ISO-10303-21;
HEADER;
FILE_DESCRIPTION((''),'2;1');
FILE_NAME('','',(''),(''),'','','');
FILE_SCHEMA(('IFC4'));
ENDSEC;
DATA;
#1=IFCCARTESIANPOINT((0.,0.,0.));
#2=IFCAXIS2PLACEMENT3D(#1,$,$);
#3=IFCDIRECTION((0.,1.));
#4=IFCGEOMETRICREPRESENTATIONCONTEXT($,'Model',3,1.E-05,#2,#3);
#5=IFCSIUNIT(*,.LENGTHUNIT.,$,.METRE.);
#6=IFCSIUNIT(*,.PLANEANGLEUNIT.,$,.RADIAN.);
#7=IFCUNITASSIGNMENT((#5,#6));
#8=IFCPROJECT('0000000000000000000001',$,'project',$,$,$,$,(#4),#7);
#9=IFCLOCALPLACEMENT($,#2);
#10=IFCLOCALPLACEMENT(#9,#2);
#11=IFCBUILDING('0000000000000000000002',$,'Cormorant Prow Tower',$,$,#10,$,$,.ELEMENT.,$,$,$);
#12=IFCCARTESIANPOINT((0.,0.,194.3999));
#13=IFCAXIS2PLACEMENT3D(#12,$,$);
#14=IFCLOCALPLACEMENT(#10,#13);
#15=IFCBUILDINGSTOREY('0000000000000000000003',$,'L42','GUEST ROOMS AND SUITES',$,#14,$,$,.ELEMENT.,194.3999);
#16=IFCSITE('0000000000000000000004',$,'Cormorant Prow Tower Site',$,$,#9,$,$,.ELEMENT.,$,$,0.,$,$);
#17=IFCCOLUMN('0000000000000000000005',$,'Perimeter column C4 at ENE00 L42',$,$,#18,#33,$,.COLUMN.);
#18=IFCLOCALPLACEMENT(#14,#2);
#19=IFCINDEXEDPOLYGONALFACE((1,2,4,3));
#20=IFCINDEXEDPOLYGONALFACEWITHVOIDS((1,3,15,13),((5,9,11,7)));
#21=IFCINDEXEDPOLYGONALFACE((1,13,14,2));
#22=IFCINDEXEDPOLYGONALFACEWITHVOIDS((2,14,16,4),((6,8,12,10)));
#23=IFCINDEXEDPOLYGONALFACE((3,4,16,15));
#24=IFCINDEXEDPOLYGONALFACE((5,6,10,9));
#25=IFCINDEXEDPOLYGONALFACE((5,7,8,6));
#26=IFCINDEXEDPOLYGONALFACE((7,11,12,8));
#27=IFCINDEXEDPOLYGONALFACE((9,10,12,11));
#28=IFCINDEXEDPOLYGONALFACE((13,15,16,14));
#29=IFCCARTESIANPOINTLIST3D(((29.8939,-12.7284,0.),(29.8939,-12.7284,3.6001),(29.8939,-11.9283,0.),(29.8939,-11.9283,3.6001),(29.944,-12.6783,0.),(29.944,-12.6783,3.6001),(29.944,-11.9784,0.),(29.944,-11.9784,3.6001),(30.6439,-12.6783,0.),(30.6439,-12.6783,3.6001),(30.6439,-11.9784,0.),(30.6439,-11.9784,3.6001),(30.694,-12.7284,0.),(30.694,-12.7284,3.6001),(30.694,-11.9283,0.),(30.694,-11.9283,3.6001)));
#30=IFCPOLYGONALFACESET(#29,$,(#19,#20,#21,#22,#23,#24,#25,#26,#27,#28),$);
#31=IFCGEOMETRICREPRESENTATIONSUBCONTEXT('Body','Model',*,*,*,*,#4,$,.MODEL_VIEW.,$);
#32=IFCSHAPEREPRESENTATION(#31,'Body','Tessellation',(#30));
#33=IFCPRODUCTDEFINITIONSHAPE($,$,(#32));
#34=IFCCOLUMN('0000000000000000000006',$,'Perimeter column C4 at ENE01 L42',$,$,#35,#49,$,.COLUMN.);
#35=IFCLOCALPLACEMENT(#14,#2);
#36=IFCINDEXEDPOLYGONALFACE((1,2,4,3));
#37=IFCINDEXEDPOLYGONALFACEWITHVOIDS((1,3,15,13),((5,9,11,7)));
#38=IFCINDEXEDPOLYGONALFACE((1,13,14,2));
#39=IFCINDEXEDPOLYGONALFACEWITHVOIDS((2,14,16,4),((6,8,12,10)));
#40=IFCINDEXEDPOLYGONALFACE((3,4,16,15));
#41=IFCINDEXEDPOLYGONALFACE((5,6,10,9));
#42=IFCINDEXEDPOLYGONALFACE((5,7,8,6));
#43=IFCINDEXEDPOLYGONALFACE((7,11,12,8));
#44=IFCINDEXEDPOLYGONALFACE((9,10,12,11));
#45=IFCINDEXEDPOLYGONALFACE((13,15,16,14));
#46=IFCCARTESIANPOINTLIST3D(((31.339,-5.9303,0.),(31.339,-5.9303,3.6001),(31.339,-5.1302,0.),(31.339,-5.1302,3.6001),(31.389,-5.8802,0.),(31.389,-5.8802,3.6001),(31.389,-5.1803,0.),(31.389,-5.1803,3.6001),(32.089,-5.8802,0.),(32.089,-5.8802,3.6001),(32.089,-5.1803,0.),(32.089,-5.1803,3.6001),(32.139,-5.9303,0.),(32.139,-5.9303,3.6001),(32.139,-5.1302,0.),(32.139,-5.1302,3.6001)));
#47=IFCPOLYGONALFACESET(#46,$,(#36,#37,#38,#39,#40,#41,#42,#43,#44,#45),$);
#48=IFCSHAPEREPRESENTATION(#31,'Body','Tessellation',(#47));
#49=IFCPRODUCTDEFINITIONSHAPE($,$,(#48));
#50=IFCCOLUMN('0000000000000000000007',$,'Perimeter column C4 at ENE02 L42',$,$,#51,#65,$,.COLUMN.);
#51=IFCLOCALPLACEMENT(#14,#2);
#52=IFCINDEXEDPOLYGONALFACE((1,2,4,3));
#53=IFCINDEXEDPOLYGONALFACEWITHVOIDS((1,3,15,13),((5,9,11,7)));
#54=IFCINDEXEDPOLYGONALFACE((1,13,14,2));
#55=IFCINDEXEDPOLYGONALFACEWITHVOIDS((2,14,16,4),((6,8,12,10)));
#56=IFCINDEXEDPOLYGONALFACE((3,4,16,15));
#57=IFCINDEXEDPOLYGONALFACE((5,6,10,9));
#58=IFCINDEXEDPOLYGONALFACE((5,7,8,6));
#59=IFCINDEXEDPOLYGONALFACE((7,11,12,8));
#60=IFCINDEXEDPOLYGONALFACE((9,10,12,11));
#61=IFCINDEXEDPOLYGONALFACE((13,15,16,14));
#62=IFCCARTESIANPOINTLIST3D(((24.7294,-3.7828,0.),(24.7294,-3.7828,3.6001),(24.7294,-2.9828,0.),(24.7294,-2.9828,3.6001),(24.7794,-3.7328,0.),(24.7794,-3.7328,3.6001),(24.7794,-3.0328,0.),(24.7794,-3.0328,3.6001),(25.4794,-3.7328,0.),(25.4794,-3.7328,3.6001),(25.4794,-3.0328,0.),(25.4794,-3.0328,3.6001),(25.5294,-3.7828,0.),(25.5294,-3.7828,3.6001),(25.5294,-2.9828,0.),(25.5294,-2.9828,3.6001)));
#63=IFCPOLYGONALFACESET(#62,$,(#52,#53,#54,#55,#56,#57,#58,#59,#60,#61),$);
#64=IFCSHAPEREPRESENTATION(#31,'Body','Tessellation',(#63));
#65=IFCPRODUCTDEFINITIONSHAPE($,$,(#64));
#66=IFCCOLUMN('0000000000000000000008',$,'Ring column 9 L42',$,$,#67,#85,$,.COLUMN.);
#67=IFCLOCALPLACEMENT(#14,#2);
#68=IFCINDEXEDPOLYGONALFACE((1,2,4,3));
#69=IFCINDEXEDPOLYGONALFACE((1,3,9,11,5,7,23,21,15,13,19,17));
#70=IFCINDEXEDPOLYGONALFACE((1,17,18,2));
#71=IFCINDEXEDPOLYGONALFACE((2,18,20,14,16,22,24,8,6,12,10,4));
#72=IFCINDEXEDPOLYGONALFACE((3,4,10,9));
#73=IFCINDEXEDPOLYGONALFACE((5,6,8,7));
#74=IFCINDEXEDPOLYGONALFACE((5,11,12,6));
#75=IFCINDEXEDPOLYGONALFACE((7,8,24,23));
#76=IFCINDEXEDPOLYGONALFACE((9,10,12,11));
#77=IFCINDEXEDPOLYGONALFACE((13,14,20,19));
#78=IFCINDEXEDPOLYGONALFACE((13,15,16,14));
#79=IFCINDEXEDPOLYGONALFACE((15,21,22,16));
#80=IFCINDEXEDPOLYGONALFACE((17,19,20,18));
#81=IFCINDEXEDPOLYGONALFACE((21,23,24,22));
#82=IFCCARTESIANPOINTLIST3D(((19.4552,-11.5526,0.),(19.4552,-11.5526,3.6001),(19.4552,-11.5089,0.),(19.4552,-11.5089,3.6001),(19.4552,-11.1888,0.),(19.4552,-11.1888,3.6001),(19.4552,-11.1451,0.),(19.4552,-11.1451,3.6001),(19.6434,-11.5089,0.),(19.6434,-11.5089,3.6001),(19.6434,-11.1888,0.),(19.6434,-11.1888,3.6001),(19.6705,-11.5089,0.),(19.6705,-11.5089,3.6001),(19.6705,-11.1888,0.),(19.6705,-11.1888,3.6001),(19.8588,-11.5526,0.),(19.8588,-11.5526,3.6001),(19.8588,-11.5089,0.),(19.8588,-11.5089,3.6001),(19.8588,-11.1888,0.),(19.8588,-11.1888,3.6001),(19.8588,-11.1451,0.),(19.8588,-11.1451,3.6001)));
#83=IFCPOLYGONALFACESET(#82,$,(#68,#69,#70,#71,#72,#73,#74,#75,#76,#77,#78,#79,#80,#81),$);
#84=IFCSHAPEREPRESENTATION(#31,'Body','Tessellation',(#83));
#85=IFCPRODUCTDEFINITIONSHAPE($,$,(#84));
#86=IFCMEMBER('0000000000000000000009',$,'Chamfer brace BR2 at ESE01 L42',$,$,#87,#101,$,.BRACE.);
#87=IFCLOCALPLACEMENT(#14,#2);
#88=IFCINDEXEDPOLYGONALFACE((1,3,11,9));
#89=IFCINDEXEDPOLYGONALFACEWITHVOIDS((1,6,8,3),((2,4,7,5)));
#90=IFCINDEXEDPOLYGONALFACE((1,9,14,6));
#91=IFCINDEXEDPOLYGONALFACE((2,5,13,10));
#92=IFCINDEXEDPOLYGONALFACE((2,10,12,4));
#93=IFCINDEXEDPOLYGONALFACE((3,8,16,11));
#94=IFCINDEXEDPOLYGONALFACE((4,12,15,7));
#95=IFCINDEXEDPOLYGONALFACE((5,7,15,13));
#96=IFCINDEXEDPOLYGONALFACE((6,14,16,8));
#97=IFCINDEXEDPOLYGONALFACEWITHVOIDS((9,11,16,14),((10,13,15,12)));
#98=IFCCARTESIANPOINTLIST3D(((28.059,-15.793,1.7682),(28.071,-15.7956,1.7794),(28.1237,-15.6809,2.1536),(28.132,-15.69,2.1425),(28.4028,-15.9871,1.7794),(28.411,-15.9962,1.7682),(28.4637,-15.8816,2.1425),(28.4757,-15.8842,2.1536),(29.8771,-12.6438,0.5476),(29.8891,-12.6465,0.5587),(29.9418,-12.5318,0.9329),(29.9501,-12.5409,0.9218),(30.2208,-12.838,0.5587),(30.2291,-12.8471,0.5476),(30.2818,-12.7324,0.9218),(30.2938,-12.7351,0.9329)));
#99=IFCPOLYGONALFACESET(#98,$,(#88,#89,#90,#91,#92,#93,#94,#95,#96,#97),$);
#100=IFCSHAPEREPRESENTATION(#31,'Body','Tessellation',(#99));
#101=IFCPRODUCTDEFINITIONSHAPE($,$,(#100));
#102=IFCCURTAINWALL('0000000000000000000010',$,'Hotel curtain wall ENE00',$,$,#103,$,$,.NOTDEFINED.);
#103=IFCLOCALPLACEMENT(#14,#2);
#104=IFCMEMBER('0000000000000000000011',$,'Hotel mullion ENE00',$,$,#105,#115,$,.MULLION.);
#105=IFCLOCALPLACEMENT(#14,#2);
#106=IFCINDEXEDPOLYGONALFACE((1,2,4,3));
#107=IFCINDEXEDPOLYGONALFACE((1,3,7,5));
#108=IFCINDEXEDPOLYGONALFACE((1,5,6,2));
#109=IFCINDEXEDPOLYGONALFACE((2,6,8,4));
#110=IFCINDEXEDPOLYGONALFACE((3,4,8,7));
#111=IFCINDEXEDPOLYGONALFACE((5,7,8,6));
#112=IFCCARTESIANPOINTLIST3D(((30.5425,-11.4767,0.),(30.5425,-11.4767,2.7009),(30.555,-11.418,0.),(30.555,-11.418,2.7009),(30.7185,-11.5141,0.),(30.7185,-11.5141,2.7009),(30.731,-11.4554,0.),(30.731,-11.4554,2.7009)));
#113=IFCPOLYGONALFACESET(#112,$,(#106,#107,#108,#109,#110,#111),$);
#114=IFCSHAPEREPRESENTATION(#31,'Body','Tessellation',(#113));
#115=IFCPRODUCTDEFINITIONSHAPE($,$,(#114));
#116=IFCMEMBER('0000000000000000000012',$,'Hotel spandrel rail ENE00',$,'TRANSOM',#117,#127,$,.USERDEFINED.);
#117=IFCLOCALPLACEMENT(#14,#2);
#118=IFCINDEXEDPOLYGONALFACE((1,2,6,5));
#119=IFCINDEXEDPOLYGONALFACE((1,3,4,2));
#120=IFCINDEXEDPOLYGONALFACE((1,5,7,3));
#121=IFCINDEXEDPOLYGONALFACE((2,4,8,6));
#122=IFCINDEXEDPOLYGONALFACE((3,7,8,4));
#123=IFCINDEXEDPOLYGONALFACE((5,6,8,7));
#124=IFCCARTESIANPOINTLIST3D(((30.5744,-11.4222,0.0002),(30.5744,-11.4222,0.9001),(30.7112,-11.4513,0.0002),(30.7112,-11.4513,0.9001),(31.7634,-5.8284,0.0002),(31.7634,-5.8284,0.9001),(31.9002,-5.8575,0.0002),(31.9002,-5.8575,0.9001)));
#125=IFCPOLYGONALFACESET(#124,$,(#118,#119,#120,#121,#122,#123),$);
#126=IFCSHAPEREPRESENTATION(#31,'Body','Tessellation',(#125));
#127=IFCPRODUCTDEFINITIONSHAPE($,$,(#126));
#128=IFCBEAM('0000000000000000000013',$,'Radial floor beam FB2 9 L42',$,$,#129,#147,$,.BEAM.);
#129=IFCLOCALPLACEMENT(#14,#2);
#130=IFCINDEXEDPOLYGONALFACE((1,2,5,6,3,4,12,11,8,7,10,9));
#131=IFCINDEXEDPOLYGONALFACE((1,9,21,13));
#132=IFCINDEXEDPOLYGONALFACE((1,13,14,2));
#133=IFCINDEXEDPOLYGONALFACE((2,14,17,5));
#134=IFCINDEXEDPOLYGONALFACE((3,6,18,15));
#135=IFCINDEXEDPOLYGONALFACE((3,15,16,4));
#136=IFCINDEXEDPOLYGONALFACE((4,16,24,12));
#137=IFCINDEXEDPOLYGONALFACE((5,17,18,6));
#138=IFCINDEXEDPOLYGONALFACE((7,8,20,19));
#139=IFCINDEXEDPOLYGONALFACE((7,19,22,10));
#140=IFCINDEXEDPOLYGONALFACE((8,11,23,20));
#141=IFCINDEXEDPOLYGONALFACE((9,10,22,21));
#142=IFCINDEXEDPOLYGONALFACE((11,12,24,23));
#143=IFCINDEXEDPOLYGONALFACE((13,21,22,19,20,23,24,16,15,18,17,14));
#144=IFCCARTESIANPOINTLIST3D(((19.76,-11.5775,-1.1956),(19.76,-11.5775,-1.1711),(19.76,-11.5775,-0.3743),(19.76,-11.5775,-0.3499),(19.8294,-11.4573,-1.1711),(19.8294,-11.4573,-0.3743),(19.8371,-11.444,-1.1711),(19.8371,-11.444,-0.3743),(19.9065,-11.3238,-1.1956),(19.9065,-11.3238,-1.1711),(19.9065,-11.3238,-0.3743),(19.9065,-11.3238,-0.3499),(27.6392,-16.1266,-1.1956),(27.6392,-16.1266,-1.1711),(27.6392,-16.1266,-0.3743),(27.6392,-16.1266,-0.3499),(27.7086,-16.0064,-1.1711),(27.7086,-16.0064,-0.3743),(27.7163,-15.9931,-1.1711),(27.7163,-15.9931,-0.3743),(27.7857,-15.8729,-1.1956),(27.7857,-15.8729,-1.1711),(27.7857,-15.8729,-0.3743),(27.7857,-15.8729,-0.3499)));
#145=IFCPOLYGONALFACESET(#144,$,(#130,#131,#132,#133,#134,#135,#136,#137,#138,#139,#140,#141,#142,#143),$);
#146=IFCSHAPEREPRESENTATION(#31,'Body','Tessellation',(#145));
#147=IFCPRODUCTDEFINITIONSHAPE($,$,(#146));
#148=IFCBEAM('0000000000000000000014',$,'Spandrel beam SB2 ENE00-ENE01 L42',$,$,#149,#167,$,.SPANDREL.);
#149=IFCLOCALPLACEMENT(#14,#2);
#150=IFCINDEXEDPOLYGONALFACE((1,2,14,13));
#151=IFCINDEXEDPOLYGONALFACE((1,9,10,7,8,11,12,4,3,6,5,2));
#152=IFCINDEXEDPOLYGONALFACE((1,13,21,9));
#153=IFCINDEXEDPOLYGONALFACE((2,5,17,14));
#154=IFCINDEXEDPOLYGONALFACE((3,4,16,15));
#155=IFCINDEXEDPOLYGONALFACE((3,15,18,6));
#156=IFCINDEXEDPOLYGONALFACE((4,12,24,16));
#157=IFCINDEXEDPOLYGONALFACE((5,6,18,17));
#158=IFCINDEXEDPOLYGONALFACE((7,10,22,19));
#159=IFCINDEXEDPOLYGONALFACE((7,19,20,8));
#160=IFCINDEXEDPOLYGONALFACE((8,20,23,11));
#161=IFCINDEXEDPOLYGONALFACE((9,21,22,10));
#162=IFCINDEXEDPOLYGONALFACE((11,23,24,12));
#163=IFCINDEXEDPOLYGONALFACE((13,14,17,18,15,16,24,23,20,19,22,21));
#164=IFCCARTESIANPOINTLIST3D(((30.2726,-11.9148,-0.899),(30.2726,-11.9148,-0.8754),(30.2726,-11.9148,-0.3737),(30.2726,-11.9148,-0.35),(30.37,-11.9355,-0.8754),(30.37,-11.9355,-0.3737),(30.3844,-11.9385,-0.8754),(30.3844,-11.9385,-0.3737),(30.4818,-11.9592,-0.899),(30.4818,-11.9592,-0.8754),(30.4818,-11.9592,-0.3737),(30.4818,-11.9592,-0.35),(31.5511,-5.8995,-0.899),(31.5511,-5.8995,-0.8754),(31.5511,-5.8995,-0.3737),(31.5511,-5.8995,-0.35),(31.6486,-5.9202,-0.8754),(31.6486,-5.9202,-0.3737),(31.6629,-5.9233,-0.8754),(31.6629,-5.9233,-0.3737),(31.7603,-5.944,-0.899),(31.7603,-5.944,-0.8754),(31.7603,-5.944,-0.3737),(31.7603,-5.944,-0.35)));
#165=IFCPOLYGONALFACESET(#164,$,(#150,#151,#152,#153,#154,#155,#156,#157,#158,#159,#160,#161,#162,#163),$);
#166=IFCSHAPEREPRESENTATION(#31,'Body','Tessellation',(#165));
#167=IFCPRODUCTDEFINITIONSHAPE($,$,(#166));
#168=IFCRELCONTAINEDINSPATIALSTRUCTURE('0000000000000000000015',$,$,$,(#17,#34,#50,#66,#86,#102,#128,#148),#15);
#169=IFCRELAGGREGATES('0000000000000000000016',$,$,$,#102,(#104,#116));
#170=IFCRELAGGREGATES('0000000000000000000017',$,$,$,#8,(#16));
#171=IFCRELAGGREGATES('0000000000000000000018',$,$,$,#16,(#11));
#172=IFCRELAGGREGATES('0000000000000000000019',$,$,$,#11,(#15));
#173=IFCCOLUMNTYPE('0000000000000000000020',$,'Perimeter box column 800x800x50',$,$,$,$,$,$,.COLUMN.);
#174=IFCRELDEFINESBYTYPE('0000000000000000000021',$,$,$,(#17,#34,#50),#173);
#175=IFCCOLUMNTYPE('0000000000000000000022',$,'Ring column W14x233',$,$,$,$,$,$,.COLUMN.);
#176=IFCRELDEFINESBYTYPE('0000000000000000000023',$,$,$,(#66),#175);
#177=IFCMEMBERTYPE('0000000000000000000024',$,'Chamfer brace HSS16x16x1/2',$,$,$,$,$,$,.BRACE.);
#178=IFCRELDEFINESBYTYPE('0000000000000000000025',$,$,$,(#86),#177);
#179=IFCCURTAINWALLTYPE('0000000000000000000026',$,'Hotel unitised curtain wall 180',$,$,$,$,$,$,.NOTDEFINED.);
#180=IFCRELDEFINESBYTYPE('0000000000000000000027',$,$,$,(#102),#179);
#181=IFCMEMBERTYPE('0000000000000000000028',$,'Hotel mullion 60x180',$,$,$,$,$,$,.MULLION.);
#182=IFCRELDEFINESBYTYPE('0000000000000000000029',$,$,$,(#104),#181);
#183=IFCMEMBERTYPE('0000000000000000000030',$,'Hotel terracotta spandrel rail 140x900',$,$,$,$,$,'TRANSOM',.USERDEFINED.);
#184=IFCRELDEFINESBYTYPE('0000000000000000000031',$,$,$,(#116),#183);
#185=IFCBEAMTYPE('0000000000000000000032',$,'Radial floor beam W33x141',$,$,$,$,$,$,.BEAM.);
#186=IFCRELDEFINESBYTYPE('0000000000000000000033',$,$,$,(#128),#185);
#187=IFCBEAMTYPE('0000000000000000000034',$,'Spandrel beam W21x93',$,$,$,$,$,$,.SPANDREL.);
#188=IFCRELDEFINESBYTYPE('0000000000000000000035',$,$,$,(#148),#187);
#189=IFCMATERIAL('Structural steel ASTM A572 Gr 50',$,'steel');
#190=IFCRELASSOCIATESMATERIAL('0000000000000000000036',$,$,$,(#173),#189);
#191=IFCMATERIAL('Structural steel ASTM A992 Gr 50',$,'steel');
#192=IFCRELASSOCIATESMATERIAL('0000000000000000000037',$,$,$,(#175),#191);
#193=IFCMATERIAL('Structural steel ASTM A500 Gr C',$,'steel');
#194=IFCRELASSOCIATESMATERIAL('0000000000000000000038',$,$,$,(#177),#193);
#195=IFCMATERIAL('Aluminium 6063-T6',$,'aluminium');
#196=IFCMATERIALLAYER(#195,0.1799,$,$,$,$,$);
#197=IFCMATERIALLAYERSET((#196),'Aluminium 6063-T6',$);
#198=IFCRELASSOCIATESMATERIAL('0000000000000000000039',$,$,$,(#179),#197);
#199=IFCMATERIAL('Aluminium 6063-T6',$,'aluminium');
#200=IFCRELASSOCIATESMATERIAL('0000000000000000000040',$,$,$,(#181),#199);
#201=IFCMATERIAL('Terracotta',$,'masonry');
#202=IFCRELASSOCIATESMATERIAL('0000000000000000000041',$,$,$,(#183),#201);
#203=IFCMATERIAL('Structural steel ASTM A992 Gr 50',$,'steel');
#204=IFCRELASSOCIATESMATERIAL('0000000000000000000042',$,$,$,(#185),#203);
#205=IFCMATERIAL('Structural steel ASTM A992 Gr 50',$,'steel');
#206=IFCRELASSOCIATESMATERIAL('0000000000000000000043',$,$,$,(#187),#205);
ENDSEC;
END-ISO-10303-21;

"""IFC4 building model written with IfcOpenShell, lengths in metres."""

from ifc_helpers import new_model, si_unit, direction, frame, origin, origin_2d, place, context, subcontext, project, spatial, rectangle, hollow_rectangle, i_section, extrude, material, layer, layer_set, material_profile, profile_set, type_object, element, aggregate, save


model = new_model("IFC4")

# Units and contexts
model_context = context("Model", 3, precision=1e-05, world=origin(), true_north=direction((0.0, 1.0)))
body_context = subcontext(model_context, "Body", "Model", "MODEL_VIEW")
ifc_project = project(units=[si_unit("LENGTHUNIT", "METRE"), si_unit("PLANEANGLEUNIT", "RADIAN")], contexts=[model_context])

# Site, building, storey
site_placement = place(None, origin())
site = spatial("IfcSite", under=ifc_project, at=site_placement, Name="Cormorant Prow Tower Site", CompositionType="ELEMENT", RefElevation=0.0)
building_placement = place(site_placement, origin())
building = spatial("IfcBuilding", under=site, at=building_placement, Name="Cormorant Prow Tower", CompositionType="ELEMENT")
storey_placement = place(building_placement, frame((0.0, 0.0, 194.3999)))
storey = spatial("IfcBuildingStorey", under=building, at=storey_placement, Name="L42", Description="GUEST ROOMS AND SUITES", CompositionType="ELEMENT", Elevation=194.3999)

# Columns
ifc_material_1 = material(Name="Structural steel ASTM A572 Gr 50", Category="steel")
ifc_material_profile_1 = material_profile(ifc_material_1, hollow_rectangle(XDim=0.8, YDim=0.8, WallThickness=0.05, at=origin_2d()), Name="Box 800x800x50")
ifc_profile_set_1 = profile_set([ifc_material_profile_1], Name="Structural steel ASTM A572 Gr 50")
column_type_1 = type_object("IfcColumnType", Name="Perimeter box column 800x800x50", PredefinedType="COLUMN", material=ifc_profile_set_1)
for number, where, z_axis, x_axis, name in (
    (1, (30.2939, -12.3284, 0.0), (0.0, 0.0, 1.0), (1.0, 0.0, 0.0), "Perimeter column C4 at ENE00 L42"),
    (2, (31.739, -5.5303, 0.0), (0.0, 0.0, 1.0), (1.0, 0.0, 0.0), "Perimeter column C4 at ENE01 L42"),
    (3, (25.1294, -3.3828, 0.0), (0.0, 0.0, 1.0), (1.0, 0.0, 0.0), "Perimeter column C4 at ENE02 L42"),
):
    element("IfcColumn", number, at=place(storey_placement, frame(where, z_axis=z_axis, x_axis=x_axis)), inside=storey, type_object=column_type_1, Name=name, PredefinedType="COLUMN", context=body_context, shape_type="SweptSolid", body=[
        extrude(hollow_rectangle(XDim=0.8, YDim=0.8, WallThickness=0.05, at=origin_2d()), origin(), (0.0, 0.0, 1.0), 3.6001),
    ])
ifc_material_2 = material(Name="Structural steel ASTM A992 Gr 50", Category="steel")
ifc_material_profile_2 = material_profile(ifc_material_2, i_section(OverallWidth=0.4036, OverallDepth=0.4075, WebThickness=0.0271, FlangeThickness=0.0437, at=origin_2d()), Name="W14x233")
ifc_profile_set_2 = profile_set([ifc_material_profile_2], Name="Structural steel ASTM A992 Gr 50")
column_type_2 = type_object("IfcColumnType", Name="Ring column W14x233", PredefinedType="COLUMN", material=ifc_profile_set_2)
column_placement = place(storey_placement, frame((19.657, -11.3489, 0.0), z_axis=(0.0, 0.0, 1.0), x_axis=(1.0, 0.0, 0.0)))
element("IfcColumn", 4, at=column_placement, inside=storey, type_object=column_type_2, Name="Ring column 9 L42", PredefinedType="COLUMN", context=body_context, shape_type="SweptSolid", body=[
    extrude(i_section(OverallWidth=0.4036, OverallDepth=0.4075, WebThickness=0.0271, FlangeThickness=0.0437, at=origin_2d()), origin(), (0.0, 0.0, 1.0), 3.6001),
])

# Member
ifc_material_3 = material(Name="Structural steel ASTM A500 Gr C", Category="steel")
ifc_material_profile_3 = material_profile(ifc_material_3, hollow_rectangle(XDim=0.4065, YDim=0.4065, WallThickness=0.0117, at=origin_2d()), Name="HSS16x16x1/2")
ifc_profile_set_3 = profile_set([ifc_material_profile_3], Name="Structural steel ASTM A500 Gr C")
member_type_1 = type_object("IfcMemberType", Name="Chamfer brace HSS16x16x1/2", PredefinedType="BRACE", material=ifc_profile_set_3)
member_1_placement = place(storey_placement, frame((30.0854, -12.6895, 0.7402), z_axis=(-0.473993, -0.821006, 0.318244), x_axis=(0.866032, -0.499988, 0.0)))
element("IfcMember", 5, at=member_1_placement, inside=storey, type_object=member_type_1, Name="Chamfer brace BR2 at ESE01 L42", PredefinedType="BRACE", context=body_context, shape_type="SweptSolid", body=[
    extrude(hollow_rectangle(XDim=0.4065, YDim=0.4065, WallThickness=0.0117, at=origin_2d()), origin(), (0.0, 0.0, 1.0), 3.8357),
])

# Curtain wall, members
ifc_material_4 = material(Name="Aluminium 6063-T6", Category="aluminium")
ifc_layer_1 = layer(ifc_material_4, 0.1799)
ifc_layer_set_1 = layer_set([ifc_layer_1], Name="Aluminium 6063-T6")
curtain_wall_type = type_object("IfcCurtainWallType", Name="Hotel unitised curtain wall 180", PredefinedType="NOTDEFINED", material=ifc_layer_set_1)
curtain_wall_placement = place(storey_placement, origin())
curtain_wall = element("IfcCurtainWall", 6, at=curtain_wall_placement, inside=storey, type_object=curtain_wall_type, Name="Hotel curtain wall ENE00", PredefinedType="NOTDEFINED")
ifc_material_5 = material(Name="Aluminium 6063-T6", Category="aluminium")
ifc_material_profile_4 = material_profile(ifc_material_5, rectangle(XDim=0.1799, YDim=0.0601, at=origin_2d()), Name="Hotel mullion 60x180")
ifc_profile_set_4 = profile_set([ifc_material_profile_4], Name="Aluminium 6063-T6")
member_type_2 = type_object("IfcMemberType", Name="Hotel mullion 60x180", PredefinedType="MULLION", material=ifc_profile_set_4)
member_2_placement = place(storey_placement, frame((30.6367, -11.4661, 0.0), z_axis=(0.0, 0.0, 1.0), x_axis=(-0.978148, 0.207912, 0.0)))
member_2 = element("IfcMember", 7, at=member_2_placement, type_object=member_type_2, Name="Hotel mullion ENE00", PredefinedType="MULLION", context=body_context, shape_type="SweptSolid", body=[
    extrude(rectangle(XDim=0.1799, YDim=0.0601, at=origin_2d()), origin(), (0.0, 0.0, 1.0), 2.7009),
])
ifc_material_6 = material(Name="Terracotta", Category="masonry")
ifc_material_profile_5 = material_profile(ifc_material_6, rectangle(XDim=0.1399, YDim=0.8999, at=origin_2d()), Name="Hotel terracotta spandrel rail 140x900")
ifc_profile_set_5 = profile_set([ifc_material_profile_5], Name="Terracotta")
member_type_3 = type_object("IfcMemberType", Name="Hotel terracotta spandrel rail 140x900", ElementType="TRANSOM", PredefinedType="USERDEFINED", material=ifc_profile_set_5)
member_3_placement = place(storey_placement, frame((30.6428, -11.4368, 0.4502), z_axis=(0.207908, 0.978148, 0.0), x_axis=(-0.978148, 0.207908, 0.0)))
member_3 = element("IfcMember", 8, at=member_3_placement, type_object=member_type_3, Name="Hotel spandrel rail ENE00", ObjectType="TRANSOM", PredefinedType="USERDEFINED", context=body_context, shape_type="SweptSolid", body=[
    extrude(rectangle(XDim=0.1399, YDim=0.8999, at=origin_2d()), origin(), (0.0, 0.0, 1.0), 5.7188),
])

# Beams
ifc_material_7 = material(Name="Structural steel ASTM A992 Gr 50", Category="steel")
ifc_material_profile_6 = material_profile(ifc_material_7, i_section(OverallWidth=0.293, OverallDepth=0.8457, WebThickness=0.0154, FlangeThickness=0.0244, at=origin_2d()), Name="W33x141")
ifc_profile_set_6 = profile_set([ifc_material_profile_6], Name="Structural steel ASTM A992 Gr 50")
beam_type_1 = type_object("IfcBeamType", Name="Radial floor beam W33x141", PredefinedType="BEAM", material=ifc_profile_set_6)
beam_1_placement = place(storey_placement, frame((19.8333, -11.4507, -0.7727), z_axis=(0.866023, -0.500004, 0.0), x_axis=(0.500004, 0.866023, 0.0)))
element("IfcBeam", 9, at=beam_1_placement, inside=storey, type_object=beam_type_1, Name="Radial floor beam FB2 9 L42", PredefinedType="BEAM", context=body_context, shape_type="SweptSolid", body=[
    extrude(i_section(OverallWidth=0.293, OverallDepth=0.8457, WebThickness=0.0154, FlangeThickness=0.0244, at=origin_2d()), origin(), (0.0, 0.0, 1.0), 9.0981),
])
ifc_material_8 = material(Name="Structural steel ASTM A992 Gr 50", Category="steel")
ifc_material_profile_7 = material_profile(ifc_material_8, i_section(OverallWidth=0.2139, OverallDepth=0.5491, WebThickness=0.0146, FlangeThickness=0.0237, at=origin_2d()), Name="W21x93")
ifc_profile_set_7 = profile_set([ifc_material_profile_7], Name="Structural steel ASTM A992 Gr 50")
beam_type_2 = type_object("IfcBeamType", Name="Spandrel beam W21x93", PredefinedType="SPANDREL", material=ifc_profile_set_7)
beam_2_placement = place(storey_placement, frame((30.3772, -11.937, -0.6245), z_axis=(0.207905, 0.978149, 0.0), x_axis=(-0.978149, 0.207905, 0.0)))
element("IfcBeam", 10, at=beam_2_placement, inside=storey, type_object=beam_type_2, Name="Spandrel beam SB2 ENE00-ENE01 L42", PredefinedType="SPANDREL", context=body_context, shape_type="SweptSolid", body=[
    extrude(i_section(OverallWidth=0.2139, OverallDepth=0.5491, WebThickness=0.0146, FlangeThickness=0.0237, at=origin_2d()), origin(), (0.0, 0.0, 1.0), 6.1497),
])

aggregate(curtain_wall, [member_2, member_3])

save(model, "model.ifc")
